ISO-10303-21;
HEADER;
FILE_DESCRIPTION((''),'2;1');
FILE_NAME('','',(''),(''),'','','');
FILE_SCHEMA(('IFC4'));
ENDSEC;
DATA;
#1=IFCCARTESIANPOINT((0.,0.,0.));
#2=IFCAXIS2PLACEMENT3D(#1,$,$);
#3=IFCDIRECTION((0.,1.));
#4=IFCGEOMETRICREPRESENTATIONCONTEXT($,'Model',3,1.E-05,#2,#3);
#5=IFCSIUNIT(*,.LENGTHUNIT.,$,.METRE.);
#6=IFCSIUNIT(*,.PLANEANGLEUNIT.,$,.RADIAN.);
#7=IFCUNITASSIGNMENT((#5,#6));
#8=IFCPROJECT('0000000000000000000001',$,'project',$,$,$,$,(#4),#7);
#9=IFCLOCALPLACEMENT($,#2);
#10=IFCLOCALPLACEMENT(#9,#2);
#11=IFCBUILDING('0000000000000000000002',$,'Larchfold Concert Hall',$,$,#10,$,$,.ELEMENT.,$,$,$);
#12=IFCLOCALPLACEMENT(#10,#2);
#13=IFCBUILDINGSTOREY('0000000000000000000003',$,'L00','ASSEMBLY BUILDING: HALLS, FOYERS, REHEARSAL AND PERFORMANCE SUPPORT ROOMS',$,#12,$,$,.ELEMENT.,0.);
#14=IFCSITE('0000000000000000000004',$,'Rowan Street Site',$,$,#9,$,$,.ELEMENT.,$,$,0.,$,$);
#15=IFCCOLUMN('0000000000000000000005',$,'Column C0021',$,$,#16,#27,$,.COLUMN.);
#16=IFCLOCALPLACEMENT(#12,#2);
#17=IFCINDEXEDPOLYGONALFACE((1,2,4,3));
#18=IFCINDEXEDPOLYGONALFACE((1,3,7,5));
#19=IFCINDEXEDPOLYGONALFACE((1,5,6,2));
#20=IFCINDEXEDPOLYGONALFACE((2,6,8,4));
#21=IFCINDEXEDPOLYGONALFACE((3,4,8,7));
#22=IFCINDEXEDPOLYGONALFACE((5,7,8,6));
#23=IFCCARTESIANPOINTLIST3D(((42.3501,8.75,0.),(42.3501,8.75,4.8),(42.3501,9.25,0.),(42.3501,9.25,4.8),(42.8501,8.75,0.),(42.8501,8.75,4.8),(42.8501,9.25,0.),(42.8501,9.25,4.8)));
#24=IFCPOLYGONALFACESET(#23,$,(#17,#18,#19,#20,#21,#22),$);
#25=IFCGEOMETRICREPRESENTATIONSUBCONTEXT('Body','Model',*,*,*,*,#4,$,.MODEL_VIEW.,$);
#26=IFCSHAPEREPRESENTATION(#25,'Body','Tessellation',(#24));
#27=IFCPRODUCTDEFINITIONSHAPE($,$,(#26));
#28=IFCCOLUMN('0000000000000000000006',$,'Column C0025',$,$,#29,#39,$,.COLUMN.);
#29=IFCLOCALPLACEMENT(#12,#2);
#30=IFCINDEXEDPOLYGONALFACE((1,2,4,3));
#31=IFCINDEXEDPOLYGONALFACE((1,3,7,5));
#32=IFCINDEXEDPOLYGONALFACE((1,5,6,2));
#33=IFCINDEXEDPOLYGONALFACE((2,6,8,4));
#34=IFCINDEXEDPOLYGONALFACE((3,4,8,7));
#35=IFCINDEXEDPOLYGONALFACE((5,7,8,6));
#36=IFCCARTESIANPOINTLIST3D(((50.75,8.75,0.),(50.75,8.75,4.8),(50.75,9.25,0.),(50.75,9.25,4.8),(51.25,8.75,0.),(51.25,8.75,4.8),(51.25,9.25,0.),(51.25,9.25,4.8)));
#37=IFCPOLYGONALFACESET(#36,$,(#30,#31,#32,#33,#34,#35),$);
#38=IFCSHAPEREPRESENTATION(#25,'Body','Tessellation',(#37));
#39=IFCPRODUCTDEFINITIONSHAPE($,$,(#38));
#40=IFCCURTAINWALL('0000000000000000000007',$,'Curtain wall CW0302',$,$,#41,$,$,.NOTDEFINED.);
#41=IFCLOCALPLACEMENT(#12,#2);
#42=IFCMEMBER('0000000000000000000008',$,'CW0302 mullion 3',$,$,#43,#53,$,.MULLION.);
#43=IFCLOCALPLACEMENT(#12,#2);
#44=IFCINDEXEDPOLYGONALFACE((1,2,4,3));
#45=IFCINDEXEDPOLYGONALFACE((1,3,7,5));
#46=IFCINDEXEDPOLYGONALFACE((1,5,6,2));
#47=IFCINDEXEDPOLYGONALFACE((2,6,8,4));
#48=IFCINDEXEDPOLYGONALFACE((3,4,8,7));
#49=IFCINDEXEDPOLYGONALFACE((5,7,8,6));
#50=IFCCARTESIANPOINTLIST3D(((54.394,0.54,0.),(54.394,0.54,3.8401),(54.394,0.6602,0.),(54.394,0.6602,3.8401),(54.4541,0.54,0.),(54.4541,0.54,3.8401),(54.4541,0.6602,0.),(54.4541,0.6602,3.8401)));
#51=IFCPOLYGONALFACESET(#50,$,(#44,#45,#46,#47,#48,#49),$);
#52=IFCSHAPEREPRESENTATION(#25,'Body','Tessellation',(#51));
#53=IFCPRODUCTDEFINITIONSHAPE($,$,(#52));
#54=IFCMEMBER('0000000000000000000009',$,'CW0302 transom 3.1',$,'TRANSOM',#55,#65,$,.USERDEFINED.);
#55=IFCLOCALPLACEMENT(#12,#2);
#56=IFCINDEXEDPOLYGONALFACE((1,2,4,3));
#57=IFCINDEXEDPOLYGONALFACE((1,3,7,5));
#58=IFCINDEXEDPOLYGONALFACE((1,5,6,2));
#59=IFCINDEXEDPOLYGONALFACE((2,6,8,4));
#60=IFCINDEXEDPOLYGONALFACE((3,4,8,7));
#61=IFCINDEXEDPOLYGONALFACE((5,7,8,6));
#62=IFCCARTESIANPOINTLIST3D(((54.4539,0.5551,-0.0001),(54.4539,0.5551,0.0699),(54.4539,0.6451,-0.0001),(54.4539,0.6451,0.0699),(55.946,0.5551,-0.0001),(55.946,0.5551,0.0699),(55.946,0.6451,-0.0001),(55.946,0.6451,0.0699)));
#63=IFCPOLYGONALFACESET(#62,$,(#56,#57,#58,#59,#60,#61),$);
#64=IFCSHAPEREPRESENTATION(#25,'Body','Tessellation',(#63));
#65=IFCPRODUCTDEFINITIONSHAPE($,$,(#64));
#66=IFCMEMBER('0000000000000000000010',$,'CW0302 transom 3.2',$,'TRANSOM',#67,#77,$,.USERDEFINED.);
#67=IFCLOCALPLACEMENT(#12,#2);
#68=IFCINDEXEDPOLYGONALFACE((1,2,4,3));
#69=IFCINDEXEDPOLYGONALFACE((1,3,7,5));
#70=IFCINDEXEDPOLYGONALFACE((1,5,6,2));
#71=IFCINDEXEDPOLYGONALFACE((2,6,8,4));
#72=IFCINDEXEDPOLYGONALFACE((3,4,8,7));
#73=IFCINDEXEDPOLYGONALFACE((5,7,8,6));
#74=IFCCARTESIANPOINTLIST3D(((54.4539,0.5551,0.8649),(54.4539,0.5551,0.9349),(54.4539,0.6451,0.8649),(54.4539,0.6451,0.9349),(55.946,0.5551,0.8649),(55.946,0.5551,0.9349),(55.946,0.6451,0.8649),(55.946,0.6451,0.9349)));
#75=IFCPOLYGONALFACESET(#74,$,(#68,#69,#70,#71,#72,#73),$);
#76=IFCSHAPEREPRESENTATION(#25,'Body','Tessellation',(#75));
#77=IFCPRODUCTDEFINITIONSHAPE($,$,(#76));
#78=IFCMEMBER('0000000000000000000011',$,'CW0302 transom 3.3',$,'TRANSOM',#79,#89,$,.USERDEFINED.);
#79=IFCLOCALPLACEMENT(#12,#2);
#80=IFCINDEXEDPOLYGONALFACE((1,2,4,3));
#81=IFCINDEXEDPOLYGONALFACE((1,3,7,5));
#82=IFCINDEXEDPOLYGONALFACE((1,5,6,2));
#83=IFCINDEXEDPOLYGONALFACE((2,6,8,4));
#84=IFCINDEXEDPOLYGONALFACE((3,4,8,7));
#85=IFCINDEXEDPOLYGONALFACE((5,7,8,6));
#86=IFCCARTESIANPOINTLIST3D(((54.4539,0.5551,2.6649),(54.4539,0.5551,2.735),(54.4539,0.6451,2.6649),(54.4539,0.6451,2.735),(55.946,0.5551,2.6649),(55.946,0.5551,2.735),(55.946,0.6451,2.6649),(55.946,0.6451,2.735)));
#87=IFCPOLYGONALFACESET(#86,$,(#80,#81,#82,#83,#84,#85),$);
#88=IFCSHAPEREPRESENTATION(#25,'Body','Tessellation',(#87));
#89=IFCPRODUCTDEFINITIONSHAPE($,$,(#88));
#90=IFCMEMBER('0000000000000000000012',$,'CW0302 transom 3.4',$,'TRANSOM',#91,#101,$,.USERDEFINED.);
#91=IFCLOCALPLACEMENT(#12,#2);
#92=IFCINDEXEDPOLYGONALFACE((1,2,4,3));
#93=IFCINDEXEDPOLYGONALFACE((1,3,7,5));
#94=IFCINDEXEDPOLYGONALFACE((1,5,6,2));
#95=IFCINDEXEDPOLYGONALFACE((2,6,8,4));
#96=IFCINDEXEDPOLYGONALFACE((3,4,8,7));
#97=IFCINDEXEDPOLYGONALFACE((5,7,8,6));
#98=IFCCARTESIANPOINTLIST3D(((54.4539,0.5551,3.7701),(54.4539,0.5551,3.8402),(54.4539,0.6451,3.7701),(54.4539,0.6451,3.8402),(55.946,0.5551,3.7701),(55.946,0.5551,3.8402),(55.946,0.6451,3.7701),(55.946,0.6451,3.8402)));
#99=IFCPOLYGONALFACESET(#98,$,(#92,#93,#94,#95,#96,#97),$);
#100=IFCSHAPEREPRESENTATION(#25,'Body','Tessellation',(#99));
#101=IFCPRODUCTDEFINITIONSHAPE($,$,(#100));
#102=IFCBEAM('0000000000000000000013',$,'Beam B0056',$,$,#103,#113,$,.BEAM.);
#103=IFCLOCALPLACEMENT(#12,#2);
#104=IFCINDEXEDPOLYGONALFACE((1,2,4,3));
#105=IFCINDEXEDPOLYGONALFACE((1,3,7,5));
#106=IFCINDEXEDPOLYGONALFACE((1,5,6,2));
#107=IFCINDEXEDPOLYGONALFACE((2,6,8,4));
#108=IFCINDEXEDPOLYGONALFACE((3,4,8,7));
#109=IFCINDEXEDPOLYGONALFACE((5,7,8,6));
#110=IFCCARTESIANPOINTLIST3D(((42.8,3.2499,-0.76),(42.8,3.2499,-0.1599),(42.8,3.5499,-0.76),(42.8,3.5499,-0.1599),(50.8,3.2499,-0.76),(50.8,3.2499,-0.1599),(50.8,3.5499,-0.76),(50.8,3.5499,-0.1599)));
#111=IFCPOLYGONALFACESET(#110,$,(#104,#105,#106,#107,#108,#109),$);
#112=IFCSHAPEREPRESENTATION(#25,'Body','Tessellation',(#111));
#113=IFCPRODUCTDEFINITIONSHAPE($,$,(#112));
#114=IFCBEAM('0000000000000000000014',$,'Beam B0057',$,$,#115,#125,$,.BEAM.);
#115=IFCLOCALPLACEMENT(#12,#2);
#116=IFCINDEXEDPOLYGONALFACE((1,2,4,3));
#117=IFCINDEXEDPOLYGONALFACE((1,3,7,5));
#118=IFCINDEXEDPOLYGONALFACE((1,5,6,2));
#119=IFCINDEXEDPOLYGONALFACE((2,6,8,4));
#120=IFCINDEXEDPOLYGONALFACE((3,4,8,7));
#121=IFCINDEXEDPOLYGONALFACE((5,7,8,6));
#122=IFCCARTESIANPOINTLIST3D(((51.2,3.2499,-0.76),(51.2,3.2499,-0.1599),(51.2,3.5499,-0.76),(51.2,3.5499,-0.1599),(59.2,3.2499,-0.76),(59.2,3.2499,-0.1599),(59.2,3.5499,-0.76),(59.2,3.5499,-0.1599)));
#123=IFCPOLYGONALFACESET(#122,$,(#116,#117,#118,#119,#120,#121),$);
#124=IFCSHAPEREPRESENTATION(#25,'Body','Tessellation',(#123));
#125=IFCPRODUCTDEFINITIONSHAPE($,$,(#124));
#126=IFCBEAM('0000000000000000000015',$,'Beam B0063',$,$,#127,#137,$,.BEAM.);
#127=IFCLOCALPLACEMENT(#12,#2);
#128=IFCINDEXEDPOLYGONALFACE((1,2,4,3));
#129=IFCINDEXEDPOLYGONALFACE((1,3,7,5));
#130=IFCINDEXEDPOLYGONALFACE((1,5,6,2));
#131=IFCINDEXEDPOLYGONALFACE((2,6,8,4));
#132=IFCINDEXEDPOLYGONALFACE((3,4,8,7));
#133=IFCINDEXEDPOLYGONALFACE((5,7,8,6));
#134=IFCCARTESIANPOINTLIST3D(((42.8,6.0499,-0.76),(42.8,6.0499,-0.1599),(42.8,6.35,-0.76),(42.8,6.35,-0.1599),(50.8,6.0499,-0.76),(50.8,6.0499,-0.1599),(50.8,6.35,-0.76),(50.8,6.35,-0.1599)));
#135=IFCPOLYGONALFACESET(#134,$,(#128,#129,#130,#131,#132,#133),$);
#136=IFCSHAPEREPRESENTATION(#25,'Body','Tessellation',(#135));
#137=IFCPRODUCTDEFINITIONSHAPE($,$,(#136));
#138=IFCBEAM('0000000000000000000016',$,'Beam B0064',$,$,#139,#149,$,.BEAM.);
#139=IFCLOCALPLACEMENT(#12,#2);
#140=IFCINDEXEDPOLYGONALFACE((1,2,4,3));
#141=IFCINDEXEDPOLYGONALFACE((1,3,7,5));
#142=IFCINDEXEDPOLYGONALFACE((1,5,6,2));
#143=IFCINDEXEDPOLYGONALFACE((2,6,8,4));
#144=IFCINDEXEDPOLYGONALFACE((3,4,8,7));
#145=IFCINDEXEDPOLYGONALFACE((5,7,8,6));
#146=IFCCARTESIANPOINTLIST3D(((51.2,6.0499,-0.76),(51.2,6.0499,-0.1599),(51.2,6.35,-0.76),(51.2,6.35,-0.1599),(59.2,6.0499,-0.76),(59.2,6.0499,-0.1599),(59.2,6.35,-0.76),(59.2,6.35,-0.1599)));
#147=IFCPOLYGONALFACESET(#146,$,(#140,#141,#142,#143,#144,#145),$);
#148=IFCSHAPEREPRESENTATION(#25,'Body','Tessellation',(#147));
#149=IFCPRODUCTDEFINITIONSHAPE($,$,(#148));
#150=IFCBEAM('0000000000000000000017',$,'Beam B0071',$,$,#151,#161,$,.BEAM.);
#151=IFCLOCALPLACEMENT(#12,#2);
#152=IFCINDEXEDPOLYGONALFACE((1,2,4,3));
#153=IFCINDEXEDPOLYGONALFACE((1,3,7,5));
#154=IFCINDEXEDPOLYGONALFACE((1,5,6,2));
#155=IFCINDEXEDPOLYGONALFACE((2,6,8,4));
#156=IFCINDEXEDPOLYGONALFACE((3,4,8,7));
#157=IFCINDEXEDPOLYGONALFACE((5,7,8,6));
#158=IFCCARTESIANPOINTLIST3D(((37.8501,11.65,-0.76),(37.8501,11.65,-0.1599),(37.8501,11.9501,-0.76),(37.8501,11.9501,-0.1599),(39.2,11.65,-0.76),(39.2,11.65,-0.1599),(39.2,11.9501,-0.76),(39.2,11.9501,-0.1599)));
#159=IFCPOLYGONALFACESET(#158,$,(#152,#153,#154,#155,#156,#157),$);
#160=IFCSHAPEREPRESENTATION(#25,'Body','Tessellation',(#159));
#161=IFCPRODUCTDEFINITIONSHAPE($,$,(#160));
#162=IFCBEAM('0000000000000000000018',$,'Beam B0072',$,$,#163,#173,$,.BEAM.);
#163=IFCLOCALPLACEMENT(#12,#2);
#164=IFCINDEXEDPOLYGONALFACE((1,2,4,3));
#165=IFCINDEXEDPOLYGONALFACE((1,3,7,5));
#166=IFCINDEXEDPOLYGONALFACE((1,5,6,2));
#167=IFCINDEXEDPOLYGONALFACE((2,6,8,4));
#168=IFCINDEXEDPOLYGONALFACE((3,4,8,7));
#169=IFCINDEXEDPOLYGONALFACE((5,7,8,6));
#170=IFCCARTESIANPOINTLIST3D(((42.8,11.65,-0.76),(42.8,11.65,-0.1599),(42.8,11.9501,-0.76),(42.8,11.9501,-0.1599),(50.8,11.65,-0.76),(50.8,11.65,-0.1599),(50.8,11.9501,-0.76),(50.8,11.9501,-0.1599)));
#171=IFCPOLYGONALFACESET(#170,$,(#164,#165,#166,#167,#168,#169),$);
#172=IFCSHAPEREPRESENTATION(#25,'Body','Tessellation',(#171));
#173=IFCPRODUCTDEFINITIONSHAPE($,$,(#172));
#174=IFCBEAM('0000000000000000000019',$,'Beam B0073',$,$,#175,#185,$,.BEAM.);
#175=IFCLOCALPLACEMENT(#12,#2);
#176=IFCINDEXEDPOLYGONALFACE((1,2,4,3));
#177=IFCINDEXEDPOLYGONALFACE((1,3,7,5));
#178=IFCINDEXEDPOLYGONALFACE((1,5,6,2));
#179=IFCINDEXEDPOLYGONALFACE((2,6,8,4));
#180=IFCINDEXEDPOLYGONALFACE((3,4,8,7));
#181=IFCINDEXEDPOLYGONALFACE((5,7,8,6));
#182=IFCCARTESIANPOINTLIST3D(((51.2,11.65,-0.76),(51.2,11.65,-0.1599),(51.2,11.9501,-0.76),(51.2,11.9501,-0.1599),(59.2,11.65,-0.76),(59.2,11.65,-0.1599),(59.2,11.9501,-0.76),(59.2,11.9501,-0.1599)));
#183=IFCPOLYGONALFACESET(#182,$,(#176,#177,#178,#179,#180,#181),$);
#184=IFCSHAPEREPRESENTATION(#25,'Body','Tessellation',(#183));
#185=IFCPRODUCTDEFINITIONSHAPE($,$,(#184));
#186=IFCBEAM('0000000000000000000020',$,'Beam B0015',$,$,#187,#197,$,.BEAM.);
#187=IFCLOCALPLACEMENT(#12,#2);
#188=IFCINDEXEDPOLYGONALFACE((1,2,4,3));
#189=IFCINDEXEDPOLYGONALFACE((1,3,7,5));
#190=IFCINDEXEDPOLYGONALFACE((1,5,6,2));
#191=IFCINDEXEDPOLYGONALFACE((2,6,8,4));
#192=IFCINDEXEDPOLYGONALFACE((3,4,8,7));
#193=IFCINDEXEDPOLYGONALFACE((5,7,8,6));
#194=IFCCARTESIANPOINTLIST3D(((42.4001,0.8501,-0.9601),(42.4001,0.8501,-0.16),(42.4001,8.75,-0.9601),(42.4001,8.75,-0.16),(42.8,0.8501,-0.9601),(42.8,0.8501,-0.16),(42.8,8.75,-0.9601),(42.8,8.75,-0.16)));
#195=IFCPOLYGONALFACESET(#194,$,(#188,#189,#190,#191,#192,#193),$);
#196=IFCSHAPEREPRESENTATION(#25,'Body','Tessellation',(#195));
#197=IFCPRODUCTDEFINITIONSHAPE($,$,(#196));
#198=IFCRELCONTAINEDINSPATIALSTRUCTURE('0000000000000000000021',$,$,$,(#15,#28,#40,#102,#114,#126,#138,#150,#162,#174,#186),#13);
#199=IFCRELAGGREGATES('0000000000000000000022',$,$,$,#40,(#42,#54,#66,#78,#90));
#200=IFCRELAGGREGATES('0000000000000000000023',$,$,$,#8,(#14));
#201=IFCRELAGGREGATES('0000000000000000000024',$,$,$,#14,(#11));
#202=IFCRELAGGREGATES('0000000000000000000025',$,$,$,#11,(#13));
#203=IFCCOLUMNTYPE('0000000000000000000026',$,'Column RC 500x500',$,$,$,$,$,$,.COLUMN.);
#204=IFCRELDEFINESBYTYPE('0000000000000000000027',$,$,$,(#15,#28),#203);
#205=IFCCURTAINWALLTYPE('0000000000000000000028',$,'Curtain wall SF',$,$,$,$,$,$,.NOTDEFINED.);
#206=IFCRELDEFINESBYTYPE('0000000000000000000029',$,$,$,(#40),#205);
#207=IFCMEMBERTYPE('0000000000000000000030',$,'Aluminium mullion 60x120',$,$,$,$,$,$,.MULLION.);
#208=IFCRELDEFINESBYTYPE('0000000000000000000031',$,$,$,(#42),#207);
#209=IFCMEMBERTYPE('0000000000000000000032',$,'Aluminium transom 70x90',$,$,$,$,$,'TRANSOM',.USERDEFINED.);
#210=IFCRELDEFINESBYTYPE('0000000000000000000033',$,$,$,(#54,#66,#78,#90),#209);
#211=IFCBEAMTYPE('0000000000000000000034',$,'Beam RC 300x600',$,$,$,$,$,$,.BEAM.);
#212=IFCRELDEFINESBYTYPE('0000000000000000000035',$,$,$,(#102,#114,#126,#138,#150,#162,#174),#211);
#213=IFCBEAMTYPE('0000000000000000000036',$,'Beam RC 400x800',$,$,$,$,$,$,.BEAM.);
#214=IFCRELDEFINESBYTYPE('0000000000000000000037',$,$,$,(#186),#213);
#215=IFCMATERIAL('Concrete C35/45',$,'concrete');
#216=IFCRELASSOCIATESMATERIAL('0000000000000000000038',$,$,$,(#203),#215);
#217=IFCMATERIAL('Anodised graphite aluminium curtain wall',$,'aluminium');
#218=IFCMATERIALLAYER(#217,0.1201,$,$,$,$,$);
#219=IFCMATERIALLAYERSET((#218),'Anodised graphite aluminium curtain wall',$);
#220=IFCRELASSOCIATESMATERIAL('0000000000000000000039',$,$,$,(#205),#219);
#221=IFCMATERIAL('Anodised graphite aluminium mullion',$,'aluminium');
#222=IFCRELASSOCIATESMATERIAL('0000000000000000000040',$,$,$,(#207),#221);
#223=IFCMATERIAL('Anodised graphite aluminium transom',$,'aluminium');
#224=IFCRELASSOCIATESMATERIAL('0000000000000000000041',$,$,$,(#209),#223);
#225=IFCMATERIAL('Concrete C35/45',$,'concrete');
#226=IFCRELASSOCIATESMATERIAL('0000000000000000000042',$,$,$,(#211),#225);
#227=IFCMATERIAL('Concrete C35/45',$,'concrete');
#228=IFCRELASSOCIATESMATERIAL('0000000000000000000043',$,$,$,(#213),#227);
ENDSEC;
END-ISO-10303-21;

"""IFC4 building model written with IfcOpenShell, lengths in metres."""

from ifc_helpers import new_model, si_unit, direction, frame, origin, origin_2d, place, context, subcontext, project, spatial, rectangle, extrude, material, layer, layer_set, material_profile, profile_set, type_object, element, aggregate, save


model = new_model("IFC4")

# Units and contexts
model_context = context("Model", 3, precision=1e-05, world=origin(), true_north=direction((0.0, 1.0)))
body_context = subcontext(model_context, "Body", "Model", "MODEL_VIEW")
ifc_project = project(units=[si_unit("LENGTHUNIT", "METRE"), si_unit("PLANEANGLEUNIT", "RADIAN")], contexts=[model_context])

# Site, building, storey
site_placement = place(None, origin())
site = spatial("IfcSite", under=ifc_project, at=site_placement, Name="Rowan Street Site", CompositionType="ELEMENT", RefElevation=0.0)
building_placement = place(site_placement, origin())
building = spatial("IfcBuilding", under=site, at=building_placement, Name="Larchfold Concert Hall", CompositionType="ELEMENT")
storey_placement = place(building_placement, origin())
storey = spatial("IfcBuildingStorey", under=building, at=storey_placement, Name="L00", Description="ASSEMBLY BUILDING: HALLS, FOYERS, REHEARSAL AND PERFORMANCE SUPPORT ROOMS", CompositionType="ELEMENT", Elevation=0.0)

# Columns
ifc_material_1 = material(Name="Concrete C35/45", Category="concrete")
ifc_material_profile_1 = material_profile(ifc_material_1, rectangle(XDim=0.5, YDim=0.5, at=origin_2d()))
ifc_profile_set_1 = profile_set([ifc_material_profile_1], Name="Concrete C35/45")
column_type = type_object("IfcColumnType", Name="Column RC 500x500", PredefinedType="COLUMN", material=ifc_profile_set_1)
for number, where, z_axis, x_axis, name in (
    (1, (42.6001, 9.0, 0.0), (0.0, 0.0, 1.0), (1.0, 0.0, 0.0), "Column C0021"),
    (2, (51.0, 9.0, 0.0), (0.0, 0.0, 1.0), (1.0, 0.0, 0.0), "Column C0025"),
):
    element("IfcColumn", number, at=place(storey_placement, frame(where, z_axis=z_axis, x_axis=x_axis)), inside=storey, type_object=column_type, Name=name, PredefinedType="COLUMN", context=body_context, shape_type="SweptSolid", body=[
        extrude(rectangle(XDim=0.5, YDim=0.5, at=origin_2d()), origin(), (0.0, 0.0, 1.0), 4.8),
    ])

# Curtain wall, members
ifc_material_2 = material(Name="Anodised graphite aluminium curtain wall", Category="aluminium")
ifc_layer_1 = layer(ifc_material_2, 0.1201)
ifc_layer_set_1 = layer_set([ifc_layer_1], Name="Anodised graphite aluminium curtain wall")
curtain_wall_type = type_object("IfcCurtainWallType", Name="Curtain wall SF", PredefinedType="NOTDEFINED", material=ifc_layer_set_1)
curtain_wall_placement = place(storey_placement, origin())
curtain_wall = element("IfcCurtainWall", 3, at=curtain_wall_placement, inside=storey, type_object=curtain_wall_type, Name="Curtain wall CW0302", PredefinedType="NOTDEFINED")
ifc_material_3 = material(Name="Anodised graphite aluminium mullion", Category="aluminium")
ifc_material_profile_2 = material_profile(ifc_material_3, rectangle(XDim=0.1201, YDim=0.0601, at=origin_2d()))
ifc_profile_set_2 = profile_set([ifc_material_profile_2], Name="Anodised graphite aluminium mullion")
member_type_1 = type_object("IfcMemberType", Name="Aluminium mullion 60x120", PredefinedType="MULLION", material=ifc_profile_set_2)
member_1_placement = place(storey_placement, frame((54.4241, 0.6001, 0.0), z_axis=(0.0, 0.0, 1.0), x_axis=(0.0, 1.0, 0.0)))
member_1 = element("IfcMember", 4, at=member_1_placement, type_object=member_type_1, Name="CW0302 mullion 3", PredefinedType="MULLION", context=body_context, shape_type="SweptSolid", body=[
    extrude(rectangle(XDim=0.1201, YDim=0.0601, at=origin_2d()), origin(), (0.0, 0.0, 1.0), 3.8401),
])
ifc_material_4 = material(Name="Anodised graphite aluminium transom", Category="aluminium")
ifc_material_profile_3 = material_profile(ifc_material_4, rectangle(XDim=0.0901, YDim=0.0701, at=origin_2d()))
ifc_profile_set_3 = profile_set([ifc_material_profile_3], Name="Anodised graphite aluminium transom")
member_type_2 = type_object("IfcMemberType", Name="Aluminium transom 70x90", ElementType="TRANSOM", PredefinedType="USERDEFINED", material=ifc_profile_set_3)
member_2_placement = place(storey_placement, frame((54.4539, 0.6001, 0.0349), z_axis=(1.0, 0.0, 0.0), x_axis=(0.0, 1.0, 0.0)))
member_2 = element("IfcMember", 5, at=member_2_placement, type_object=member_type_2, Name="CW0302 transom 3.1", ObjectType="TRANSOM", PredefinedType="USERDEFINED", context=body_context, shape_type="SweptSolid", body=[
    extrude(rectangle(XDim=0.0901, YDim=0.0701, at=origin_2d()), origin(), (0.0, 0.0, 1.0), 1.4922),
])
member_3_placement = place(storey_placement, frame((54.4539, 0.6001, 0.8999), z_axis=(1.0, 0.0, 0.0), x_axis=(0.0, 1.0, 0.0)))
member_3 = element("IfcMember", 6, at=member_3_placement, type_object=member_type_2, Name="CW0302 transom 3.2", ObjectType="TRANSOM", PredefinedType="USERDEFINED", context=body_context, shape_type="SweptSolid", body=[
    extrude(rectangle(XDim=0.0901, YDim=0.0701, at=origin_2d()), origin(), (0.0, 0.0, 1.0), 1.4922),
])
member_4_placement = place(storey_placement, frame((54.4539, 0.6001, 2.7), z_axis=(1.0, 0.0, 0.0), x_axis=(0.0, 1.0, 0.0)))
member_4 = element("IfcMember", 7, at=member_4_placement, type_object=member_type_2, Name="CW0302 transom 3.3", ObjectType="TRANSOM", PredefinedType="USERDEFINED", context=body_context, shape_type="SweptSolid", body=[
    extrude(rectangle(XDim=0.0901, YDim=0.0701, at=origin_2d()), origin(), (0.0, 0.0, 1.0), 1.4922),
])
member_5_placement = place(storey_placement, frame((54.4539, 0.6001, 3.8052), z_axis=(1.0, 0.0, 0.0), x_axis=(0.0, 1.0, 0.0)))
member_5 = element("IfcMember", 8, at=member_5_placement, type_object=member_type_2, Name="CW0302 transom 3.4", ObjectType="TRANSOM", PredefinedType="USERDEFINED", context=body_context, shape_type="SweptSolid", body=[
    extrude(rectangle(XDim=0.0901, YDim=0.0701, at=origin_2d()), origin(), (0.0, 0.0, 1.0), 1.4922),
])

# Beams
ifc_material_5 = material(Name="Concrete C35/45", Category="concrete")
ifc_material_profile_4 = material_profile(ifc_material_5, rectangle(XDim=0.3, YDim=0.6001, at=origin_2d()))
ifc_profile_set_4 = profile_set([ifc_material_profile_4], Name="Concrete C35/45")
beam_type_1 = type_object("IfcBeamType", Name="Beam RC 300x600", PredefinedType="BEAM", material=ifc_profile_set_4)
for number, where, z_axis, x_axis, name in (
    (9, (42.8, 3.3999, -0.46), (1.0, 0.0, 0.0), (0.0, 1.0, 0.0), "Beam B0056"),
    (10, (51.2, 3.3999, -0.46), (1.0, 0.0, 0.0), (0.0, 1.0, 0.0), "Beam B0057"),
    (11, (42.8, 6.2, -0.46), (1.0, 0.0, 0.0), (0.0, 1.0, 0.0), "Beam B0063"),
    (12, (51.2, 6.2, -0.46), (1.0, 0.0, 0.0), (0.0, 1.0, 0.0), "Beam B0064"),
):
    element("IfcBeam", number, at=place(storey_placement, frame(where, z_axis=z_axis, x_axis=x_axis)), inside=storey, type_object=beam_type_1, Name=name, PredefinedType="BEAM", context=body_context, shape_type="SweptSolid", body=[
        extrude(rectangle(XDim=0.3, YDim=0.6001, at=origin_2d()), origin(), (0.0, 0.0, 1.0), 8.0),
    ])
beam_placement = place(storey_placement, frame((37.8501, 11.8, -0.46), z_axis=(1.0, 0.0, 0.0), x_axis=(0.0, 1.0, 0.0)))
element("IfcBeam", 13, at=beam_placement, inside=storey, type_object=beam_type_1, Name="Beam B0071", PredefinedType="BEAM", context=body_context, shape_type="SweptSolid", body=[
    extrude(rectangle(XDim=0.3, YDim=0.6001, at=origin_2d()), origin(), (0.0, 0.0, 1.0), 1.3499),
])
for number, where, z_axis, x_axis, name in (
    (14, (42.8, 11.8, -0.46), (1.0, 0.0, 0.0), (0.0, 1.0, 0.0), "Beam B0072"),
    (15, (51.2, 11.8, -0.46), (1.0, 0.0, 0.0), (0.0, 1.0, 0.0), "Beam B0073"),
):
    element("IfcBeam", number, at=place(storey_placement, frame(where, z_axis=z_axis, x_axis=x_axis)), inside=storey, type_object=beam_type_1, Name=name, PredefinedType="BEAM", context=body_context, shape_type="SweptSolid", body=[
        extrude(rectangle(XDim=0.3, YDim=0.6001, at=origin_2d()), origin(), (0.0, 0.0, 1.0), 8.0),
    ])
ifc_material_6 = material(Name="Concrete C35/45", Category="concrete")
ifc_material_profile_5 = material_profile(ifc_material_6, rectangle(XDim=0.3999, YDim=0.8, at=origin_2d()))
ifc_profile_set_5 = profile_set([ifc_material_profile_5], Name="Concrete C35/45")
beam_type_2 = type_object("IfcBeamType", Name="Beam RC 400x800", PredefinedType="BEAM", material=ifc_profile_set_5)
for number, where, z_axis, x_axis, name in (
    (16, (42.6001, 0.8501, -0.5601), (0.0, 1.0, 0.0), (-1.0, 0.0, 0.0), "Beam B0015"),
):
    element("IfcBeam", number, at=place(storey_placement, frame(where, z_axis=z_axis, x_axis=x_axis)), inside=storey, type_object=beam_type_2, Name=name, PredefinedType="BEAM", context=body_context, shape_type="SweptSolid", body=[
        extrude(rectangle(XDim=0.3999, YDim=0.8, at=origin_2d()), origin(), (0.0, 0.0, 1.0), 7.8999),
    ])

aggregate(curtain_wall, [member_1, member_2, member_3, member_4, member_5])

save(model, "model.ifc")
